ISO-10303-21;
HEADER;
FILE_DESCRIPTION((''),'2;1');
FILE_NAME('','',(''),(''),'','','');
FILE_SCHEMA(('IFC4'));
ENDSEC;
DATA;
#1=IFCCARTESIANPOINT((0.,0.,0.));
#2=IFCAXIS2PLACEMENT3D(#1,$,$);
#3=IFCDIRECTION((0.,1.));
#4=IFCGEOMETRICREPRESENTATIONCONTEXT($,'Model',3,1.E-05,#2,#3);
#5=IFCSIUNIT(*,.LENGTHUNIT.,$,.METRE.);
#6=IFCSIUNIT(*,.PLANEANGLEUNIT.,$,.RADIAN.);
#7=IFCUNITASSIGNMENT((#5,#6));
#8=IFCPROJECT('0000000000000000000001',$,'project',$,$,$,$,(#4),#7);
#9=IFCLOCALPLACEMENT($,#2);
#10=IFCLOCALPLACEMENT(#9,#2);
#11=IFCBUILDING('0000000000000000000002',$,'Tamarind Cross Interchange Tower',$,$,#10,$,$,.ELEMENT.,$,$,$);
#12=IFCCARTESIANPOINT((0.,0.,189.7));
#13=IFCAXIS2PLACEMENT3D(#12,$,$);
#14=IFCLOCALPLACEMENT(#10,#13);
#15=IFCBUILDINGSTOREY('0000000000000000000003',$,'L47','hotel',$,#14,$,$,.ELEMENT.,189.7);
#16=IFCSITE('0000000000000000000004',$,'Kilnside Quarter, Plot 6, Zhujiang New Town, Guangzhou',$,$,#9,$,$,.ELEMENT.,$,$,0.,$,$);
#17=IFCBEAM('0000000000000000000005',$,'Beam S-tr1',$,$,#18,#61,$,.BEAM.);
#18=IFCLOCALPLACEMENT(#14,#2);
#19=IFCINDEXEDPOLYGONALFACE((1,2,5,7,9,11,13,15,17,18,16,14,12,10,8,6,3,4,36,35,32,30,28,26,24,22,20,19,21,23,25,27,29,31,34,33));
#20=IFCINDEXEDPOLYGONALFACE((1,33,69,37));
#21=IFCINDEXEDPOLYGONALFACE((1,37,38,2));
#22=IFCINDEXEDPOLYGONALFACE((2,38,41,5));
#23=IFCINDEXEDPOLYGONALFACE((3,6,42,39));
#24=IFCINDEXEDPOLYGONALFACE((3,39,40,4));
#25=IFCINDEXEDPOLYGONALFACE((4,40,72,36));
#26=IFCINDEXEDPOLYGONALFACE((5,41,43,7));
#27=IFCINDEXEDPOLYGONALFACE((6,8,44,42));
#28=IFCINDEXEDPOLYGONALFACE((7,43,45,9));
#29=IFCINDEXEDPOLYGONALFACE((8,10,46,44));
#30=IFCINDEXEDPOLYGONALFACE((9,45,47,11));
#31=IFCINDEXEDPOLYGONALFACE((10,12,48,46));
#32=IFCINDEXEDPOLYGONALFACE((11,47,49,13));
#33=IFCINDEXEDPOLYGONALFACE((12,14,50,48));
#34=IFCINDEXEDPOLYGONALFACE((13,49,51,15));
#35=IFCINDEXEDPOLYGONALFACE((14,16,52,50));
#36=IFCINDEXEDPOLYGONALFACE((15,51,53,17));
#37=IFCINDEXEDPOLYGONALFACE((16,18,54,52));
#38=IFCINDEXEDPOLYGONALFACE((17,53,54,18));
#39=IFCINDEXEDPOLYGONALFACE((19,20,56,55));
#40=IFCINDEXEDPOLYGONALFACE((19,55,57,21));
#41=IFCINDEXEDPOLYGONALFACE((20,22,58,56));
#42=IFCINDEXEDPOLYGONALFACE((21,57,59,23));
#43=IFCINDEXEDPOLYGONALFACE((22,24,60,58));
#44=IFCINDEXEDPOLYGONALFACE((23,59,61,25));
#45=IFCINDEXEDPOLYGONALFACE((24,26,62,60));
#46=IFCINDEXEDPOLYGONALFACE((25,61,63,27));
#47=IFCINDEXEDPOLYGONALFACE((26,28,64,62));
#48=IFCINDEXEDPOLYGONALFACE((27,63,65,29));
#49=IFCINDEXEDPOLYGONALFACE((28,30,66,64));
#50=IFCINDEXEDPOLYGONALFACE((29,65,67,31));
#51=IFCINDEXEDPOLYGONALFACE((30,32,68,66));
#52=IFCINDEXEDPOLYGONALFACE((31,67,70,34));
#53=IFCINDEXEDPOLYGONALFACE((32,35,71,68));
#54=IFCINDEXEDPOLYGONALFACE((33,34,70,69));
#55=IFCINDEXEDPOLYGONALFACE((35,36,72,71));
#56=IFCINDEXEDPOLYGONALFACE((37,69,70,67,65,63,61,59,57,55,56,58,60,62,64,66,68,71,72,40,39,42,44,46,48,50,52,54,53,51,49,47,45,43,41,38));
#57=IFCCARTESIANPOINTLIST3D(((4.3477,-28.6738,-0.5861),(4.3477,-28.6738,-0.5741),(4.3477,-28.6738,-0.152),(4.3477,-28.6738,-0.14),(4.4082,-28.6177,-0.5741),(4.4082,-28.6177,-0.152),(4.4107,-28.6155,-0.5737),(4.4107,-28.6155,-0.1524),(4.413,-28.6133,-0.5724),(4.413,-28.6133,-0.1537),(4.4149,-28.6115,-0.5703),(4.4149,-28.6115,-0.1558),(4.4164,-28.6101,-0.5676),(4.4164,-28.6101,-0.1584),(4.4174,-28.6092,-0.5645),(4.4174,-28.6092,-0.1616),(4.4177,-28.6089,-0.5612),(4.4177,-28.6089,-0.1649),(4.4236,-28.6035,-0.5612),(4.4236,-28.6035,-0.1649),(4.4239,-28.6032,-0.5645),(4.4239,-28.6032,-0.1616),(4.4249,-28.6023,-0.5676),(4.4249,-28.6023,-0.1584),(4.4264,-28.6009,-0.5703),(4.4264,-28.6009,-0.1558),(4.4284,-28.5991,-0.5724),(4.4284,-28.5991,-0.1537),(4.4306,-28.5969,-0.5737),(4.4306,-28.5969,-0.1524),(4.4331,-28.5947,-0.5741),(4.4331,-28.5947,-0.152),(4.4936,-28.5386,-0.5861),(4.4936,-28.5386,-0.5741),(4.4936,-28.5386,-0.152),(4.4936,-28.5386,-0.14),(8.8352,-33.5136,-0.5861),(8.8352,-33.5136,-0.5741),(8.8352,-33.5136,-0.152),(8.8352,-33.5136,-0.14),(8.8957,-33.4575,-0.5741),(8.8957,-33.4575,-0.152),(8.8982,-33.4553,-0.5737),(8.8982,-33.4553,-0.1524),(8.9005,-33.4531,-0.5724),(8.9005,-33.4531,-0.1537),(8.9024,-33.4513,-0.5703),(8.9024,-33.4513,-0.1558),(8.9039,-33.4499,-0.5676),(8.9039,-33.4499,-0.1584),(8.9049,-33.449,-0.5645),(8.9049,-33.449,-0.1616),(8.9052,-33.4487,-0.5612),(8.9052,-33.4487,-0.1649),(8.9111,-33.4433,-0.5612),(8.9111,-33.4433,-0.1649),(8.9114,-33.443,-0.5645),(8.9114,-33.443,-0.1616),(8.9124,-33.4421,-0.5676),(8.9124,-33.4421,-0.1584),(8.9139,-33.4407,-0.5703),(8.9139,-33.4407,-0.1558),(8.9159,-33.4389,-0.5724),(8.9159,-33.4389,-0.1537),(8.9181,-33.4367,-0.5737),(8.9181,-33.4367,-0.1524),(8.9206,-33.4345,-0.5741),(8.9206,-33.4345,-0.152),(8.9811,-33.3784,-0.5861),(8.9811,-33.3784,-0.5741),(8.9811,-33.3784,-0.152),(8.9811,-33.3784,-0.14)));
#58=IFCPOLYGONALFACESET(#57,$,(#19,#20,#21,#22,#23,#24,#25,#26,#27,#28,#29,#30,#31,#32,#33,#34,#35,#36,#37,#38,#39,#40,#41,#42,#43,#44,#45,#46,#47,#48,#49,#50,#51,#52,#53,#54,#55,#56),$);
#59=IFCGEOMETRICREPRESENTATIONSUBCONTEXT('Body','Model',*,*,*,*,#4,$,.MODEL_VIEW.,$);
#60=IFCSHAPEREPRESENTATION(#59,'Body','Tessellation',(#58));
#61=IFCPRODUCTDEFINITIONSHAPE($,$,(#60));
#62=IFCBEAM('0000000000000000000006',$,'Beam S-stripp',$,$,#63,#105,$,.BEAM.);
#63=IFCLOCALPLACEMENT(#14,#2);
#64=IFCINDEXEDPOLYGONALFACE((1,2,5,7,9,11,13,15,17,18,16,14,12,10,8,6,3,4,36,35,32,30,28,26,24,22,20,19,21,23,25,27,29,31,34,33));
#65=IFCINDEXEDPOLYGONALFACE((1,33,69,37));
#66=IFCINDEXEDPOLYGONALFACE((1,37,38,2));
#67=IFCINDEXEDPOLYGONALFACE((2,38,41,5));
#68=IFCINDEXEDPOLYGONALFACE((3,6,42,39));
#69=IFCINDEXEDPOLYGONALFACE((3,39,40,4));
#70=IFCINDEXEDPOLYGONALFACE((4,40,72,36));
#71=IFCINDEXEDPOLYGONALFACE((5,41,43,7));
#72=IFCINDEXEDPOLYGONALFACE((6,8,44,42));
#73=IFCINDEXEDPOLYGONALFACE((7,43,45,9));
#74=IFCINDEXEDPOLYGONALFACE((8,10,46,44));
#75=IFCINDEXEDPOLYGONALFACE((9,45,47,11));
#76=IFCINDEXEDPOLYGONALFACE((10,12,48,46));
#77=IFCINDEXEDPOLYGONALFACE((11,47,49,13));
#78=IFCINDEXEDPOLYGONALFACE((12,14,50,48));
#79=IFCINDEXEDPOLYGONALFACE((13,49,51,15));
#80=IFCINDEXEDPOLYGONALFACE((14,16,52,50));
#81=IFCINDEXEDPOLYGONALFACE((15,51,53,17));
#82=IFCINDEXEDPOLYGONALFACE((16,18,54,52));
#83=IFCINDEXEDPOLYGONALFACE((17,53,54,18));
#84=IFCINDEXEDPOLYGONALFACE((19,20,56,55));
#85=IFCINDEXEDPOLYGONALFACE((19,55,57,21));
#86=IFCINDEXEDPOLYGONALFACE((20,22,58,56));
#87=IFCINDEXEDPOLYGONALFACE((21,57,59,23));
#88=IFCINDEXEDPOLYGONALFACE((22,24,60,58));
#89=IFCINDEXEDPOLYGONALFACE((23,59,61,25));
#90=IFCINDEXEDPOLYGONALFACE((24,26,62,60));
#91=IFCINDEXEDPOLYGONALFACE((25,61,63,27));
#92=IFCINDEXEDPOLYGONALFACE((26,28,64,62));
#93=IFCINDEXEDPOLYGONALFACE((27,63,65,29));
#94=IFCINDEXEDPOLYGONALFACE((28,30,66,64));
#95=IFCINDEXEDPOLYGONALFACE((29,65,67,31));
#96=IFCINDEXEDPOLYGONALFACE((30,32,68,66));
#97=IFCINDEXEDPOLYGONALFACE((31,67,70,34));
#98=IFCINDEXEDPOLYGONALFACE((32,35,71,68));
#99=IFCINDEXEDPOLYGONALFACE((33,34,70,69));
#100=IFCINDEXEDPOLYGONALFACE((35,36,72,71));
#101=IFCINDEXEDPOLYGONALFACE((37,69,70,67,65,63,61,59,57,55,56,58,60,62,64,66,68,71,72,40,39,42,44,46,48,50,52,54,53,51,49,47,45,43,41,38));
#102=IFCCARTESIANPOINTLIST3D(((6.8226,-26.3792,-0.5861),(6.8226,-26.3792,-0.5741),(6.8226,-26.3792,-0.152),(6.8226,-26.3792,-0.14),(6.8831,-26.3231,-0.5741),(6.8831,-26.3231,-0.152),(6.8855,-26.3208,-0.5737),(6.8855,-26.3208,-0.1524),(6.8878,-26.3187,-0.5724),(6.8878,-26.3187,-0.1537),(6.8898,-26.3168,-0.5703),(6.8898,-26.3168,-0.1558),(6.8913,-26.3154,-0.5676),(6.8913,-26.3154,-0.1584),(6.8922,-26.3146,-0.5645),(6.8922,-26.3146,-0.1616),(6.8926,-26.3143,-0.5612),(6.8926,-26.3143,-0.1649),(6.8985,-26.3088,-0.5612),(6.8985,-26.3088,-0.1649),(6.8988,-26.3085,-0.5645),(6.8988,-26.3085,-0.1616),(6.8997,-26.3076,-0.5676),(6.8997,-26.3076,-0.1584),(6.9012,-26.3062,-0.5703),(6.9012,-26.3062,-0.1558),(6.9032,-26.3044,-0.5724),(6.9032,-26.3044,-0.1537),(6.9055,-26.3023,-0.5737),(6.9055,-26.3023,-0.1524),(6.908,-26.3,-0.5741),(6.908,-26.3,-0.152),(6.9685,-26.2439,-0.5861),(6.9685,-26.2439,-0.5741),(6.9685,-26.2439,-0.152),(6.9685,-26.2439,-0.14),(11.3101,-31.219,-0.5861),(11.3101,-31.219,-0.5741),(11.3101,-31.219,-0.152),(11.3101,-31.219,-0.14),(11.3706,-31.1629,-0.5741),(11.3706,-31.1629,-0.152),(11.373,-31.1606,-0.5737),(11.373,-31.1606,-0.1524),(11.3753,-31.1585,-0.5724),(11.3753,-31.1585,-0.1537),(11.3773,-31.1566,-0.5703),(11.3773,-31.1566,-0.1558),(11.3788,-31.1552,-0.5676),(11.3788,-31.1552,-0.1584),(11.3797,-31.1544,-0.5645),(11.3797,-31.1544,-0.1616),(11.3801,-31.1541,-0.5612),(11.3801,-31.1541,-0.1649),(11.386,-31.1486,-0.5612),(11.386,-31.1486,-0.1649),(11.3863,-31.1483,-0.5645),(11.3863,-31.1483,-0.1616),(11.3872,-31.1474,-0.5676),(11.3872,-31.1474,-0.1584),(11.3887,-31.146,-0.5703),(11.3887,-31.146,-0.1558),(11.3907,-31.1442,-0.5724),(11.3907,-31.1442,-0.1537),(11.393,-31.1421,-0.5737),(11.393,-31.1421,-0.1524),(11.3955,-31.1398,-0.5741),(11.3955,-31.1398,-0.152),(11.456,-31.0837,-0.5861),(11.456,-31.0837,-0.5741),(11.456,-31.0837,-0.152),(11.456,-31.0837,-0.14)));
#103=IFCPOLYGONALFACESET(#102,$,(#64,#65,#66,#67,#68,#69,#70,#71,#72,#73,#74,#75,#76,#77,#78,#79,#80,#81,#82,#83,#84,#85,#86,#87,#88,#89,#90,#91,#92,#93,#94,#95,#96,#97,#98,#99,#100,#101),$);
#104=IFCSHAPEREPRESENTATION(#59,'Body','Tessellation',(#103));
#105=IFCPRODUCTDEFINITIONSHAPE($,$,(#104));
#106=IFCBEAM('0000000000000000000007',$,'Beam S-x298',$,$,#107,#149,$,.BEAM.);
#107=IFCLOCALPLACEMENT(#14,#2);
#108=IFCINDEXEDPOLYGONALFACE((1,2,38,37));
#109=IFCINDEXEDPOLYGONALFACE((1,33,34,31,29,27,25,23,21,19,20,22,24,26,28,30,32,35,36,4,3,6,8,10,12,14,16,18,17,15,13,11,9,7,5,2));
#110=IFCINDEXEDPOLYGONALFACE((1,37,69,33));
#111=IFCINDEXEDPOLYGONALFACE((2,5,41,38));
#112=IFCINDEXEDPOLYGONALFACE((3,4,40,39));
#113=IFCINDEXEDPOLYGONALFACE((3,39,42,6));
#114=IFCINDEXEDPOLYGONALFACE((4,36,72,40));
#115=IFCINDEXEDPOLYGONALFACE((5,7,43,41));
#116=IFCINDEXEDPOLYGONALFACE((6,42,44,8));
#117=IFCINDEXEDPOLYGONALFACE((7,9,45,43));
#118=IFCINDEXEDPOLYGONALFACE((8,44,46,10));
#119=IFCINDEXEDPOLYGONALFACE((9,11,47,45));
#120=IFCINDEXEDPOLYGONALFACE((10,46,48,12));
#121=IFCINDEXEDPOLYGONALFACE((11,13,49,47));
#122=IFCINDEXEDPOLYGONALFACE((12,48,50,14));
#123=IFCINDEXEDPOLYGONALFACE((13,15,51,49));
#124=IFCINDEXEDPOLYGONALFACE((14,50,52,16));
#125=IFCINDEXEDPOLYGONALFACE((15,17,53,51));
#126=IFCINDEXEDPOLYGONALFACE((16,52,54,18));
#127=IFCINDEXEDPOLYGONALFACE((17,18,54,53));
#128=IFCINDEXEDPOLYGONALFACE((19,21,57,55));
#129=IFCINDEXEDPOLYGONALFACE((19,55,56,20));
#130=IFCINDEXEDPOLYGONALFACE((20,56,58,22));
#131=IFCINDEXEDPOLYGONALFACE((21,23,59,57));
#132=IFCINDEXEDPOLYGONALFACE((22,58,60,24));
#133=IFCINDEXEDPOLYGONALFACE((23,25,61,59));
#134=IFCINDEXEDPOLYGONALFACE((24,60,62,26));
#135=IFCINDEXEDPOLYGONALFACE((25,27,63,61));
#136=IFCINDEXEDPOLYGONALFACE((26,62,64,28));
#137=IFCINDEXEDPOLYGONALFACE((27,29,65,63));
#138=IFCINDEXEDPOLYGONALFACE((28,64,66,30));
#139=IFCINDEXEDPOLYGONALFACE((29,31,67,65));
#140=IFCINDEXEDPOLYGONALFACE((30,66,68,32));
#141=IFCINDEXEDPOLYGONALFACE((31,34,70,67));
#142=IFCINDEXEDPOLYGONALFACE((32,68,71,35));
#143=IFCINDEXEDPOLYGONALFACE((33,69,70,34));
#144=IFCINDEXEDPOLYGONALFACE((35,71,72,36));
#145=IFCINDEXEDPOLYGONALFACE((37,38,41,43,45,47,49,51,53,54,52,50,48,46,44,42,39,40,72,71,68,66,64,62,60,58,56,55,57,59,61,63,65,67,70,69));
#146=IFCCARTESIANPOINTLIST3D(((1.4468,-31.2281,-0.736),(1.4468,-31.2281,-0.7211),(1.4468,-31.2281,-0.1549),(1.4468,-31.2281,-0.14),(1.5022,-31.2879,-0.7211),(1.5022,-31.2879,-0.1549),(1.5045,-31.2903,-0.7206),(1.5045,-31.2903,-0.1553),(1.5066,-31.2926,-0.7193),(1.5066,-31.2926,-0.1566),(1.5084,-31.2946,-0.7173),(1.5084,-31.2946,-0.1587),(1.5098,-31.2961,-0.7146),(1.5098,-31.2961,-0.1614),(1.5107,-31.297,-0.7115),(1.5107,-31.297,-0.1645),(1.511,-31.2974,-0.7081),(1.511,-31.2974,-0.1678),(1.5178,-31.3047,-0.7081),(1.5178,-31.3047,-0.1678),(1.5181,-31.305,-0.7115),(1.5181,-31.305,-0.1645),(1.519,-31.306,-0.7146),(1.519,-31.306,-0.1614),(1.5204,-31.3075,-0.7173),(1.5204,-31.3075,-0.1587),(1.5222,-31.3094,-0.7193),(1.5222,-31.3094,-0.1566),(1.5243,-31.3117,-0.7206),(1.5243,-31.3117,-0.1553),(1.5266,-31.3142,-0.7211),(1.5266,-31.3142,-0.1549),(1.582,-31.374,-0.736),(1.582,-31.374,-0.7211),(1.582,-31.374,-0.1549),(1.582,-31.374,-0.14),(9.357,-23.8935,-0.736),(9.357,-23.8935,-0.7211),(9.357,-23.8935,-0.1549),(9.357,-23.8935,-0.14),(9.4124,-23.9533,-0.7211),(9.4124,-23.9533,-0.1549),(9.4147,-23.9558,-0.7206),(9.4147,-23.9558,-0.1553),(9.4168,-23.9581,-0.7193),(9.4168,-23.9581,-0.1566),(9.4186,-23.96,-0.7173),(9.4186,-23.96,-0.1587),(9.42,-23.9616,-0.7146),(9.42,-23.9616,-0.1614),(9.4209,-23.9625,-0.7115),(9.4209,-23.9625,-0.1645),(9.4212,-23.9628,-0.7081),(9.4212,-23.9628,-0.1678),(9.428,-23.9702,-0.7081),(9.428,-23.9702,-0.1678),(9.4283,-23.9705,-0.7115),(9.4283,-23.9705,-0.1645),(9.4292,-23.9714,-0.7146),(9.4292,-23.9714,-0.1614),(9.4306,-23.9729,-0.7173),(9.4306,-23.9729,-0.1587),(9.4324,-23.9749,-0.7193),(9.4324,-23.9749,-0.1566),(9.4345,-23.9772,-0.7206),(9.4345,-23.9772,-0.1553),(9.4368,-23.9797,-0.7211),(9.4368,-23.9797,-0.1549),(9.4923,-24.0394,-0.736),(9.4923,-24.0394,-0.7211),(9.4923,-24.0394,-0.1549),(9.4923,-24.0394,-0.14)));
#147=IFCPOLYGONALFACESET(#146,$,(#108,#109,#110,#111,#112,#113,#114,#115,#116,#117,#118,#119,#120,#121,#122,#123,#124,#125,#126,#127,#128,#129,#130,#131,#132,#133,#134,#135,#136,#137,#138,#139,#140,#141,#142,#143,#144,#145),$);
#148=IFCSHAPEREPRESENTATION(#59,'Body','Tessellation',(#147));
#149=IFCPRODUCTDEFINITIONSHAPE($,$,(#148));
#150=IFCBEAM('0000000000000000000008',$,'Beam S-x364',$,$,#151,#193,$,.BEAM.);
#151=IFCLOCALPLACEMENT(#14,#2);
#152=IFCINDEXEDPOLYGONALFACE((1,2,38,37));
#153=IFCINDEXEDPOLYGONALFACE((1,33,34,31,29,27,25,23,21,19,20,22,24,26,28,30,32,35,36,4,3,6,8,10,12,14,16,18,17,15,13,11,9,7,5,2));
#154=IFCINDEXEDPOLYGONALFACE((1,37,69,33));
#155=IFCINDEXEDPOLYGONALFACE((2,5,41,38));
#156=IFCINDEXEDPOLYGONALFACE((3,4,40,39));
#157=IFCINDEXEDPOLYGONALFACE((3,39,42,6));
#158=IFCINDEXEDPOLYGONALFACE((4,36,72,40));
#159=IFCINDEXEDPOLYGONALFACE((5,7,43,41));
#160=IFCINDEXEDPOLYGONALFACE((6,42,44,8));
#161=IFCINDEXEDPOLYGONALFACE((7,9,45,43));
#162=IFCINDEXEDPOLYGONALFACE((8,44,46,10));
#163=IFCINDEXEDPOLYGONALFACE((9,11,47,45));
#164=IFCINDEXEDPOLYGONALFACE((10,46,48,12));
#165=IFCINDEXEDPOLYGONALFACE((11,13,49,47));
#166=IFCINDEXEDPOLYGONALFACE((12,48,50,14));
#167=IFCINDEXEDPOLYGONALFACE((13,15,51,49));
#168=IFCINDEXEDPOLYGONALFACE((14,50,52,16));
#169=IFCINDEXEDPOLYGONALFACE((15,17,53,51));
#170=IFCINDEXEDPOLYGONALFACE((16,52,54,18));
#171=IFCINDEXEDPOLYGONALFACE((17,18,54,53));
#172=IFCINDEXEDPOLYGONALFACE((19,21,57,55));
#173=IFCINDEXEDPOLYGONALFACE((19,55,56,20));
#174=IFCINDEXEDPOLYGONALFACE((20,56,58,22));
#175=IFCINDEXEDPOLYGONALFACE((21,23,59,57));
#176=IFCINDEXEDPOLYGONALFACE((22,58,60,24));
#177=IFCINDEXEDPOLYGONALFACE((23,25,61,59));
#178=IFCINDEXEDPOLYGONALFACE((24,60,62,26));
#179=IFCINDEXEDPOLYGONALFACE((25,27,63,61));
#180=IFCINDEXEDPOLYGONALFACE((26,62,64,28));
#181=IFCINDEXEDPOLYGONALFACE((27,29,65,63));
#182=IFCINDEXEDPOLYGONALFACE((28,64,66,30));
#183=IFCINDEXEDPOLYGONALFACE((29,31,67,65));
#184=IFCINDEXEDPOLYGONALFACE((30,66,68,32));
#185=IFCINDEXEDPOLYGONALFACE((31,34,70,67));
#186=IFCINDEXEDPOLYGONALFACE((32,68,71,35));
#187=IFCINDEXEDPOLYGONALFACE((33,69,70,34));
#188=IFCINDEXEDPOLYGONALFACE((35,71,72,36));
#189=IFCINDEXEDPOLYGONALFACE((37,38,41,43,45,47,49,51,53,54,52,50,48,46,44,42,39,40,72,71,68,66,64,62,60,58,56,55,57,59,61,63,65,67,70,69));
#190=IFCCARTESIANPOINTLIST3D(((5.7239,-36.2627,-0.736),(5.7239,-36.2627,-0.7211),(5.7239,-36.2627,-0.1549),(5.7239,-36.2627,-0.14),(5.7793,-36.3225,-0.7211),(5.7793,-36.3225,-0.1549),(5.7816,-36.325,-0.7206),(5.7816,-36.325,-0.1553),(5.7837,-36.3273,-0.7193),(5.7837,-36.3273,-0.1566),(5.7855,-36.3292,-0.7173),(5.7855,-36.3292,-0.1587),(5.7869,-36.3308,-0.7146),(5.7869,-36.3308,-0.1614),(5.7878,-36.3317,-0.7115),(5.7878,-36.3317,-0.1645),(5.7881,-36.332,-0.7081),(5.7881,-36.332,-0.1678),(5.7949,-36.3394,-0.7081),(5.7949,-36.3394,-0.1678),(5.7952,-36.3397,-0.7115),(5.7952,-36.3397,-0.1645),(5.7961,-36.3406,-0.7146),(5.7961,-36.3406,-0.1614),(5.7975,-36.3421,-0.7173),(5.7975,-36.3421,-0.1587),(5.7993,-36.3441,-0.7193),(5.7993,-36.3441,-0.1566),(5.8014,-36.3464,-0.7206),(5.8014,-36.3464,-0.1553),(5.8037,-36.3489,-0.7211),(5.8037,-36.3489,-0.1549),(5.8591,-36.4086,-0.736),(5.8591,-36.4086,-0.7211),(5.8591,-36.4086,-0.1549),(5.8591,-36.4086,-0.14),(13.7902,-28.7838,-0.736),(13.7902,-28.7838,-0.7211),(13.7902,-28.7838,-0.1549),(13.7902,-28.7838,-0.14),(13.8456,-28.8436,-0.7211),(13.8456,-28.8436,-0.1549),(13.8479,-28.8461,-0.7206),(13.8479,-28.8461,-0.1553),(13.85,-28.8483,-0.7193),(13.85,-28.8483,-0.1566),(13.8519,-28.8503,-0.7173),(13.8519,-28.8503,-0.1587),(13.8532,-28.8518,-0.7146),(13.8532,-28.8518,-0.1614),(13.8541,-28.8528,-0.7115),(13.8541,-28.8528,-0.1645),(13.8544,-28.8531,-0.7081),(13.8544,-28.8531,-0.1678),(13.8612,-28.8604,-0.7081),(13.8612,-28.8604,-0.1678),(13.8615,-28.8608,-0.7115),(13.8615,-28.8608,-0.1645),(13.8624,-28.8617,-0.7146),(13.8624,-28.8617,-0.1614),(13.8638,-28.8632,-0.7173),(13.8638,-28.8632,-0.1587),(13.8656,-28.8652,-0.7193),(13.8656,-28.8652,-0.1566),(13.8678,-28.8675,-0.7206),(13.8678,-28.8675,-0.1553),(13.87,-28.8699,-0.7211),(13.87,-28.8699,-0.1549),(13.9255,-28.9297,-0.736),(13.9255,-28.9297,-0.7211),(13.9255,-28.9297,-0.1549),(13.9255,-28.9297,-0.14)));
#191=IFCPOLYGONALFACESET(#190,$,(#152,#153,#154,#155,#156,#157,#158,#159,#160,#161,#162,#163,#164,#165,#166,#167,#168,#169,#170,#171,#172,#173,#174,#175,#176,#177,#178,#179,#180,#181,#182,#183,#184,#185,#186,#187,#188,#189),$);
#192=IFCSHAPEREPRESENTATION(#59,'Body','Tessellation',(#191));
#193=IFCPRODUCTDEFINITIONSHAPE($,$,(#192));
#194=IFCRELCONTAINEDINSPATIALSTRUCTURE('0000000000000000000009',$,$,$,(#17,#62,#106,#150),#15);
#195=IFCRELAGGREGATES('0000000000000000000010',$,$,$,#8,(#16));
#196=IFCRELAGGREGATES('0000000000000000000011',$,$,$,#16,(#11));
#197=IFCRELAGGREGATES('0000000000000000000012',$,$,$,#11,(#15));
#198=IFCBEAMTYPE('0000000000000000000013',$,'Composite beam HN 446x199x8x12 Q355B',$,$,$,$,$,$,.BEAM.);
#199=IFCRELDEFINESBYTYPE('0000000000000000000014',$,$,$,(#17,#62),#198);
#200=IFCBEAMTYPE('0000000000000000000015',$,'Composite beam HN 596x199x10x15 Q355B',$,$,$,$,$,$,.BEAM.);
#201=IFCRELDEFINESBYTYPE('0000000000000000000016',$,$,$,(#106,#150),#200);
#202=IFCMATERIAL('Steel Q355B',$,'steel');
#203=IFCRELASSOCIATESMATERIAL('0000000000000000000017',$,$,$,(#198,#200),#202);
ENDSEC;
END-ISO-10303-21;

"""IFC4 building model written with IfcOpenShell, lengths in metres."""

from ifc_helpers import new_model, si_unit, direction, frame, origin, origin_2d, place, context, subcontext, project, spatial, i_section, extrude, material, material_profile, profile_set, type_object, element, save


model = new_model("IFC4")

# Units and contexts
model_context = context("Model", 3, precision=1e-05, world=origin(), true_north=direction((0.0, 1.0)))
body_context = subcontext(model_context, "Body", "Model", "MODEL_VIEW")
ifc_project = project(units=[si_unit("LENGTHUNIT", "METRE"), si_unit("PLANEANGLEUNIT", "RADIAN")], contexts=[model_context])

# Site, building, storey
site_placement = place(None, origin())
site = spatial("IfcSite", under=ifc_project, at=site_placement, Name="Kilnside Quarter, Plot 6, Zhujiang New Town, Guangzhou", CompositionType="ELEMENT", RefElevation=0.0)
building_placement = place(site_placement, origin())
building = spatial("IfcBuilding", under=site, at=building_placement, Name="Tamarind Cross Interchange Tower", CompositionType="ELEMENT")
storey_placement = place(building_placement, frame((0.0, 0.0, 189.7)))
storey = spatial("IfcBuildingStorey", under=building, at=storey_placement, Name="L47", Description="hotel", CompositionType="ELEMENT", Elevation=189.7)

# Beams
ifc_material_1 = material(Name="Steel Q355B", Category="steel")
ifc_material_profile_1 = material_profile(ifc_material_1, i_section(OverallWidth=0.199, OverallDepth=0.446, WebThickness=0.0081, FlangeThickness=0.012, FilletRadius=0.0129, at=origin_2d()), Name="HN 446x199x8x12")
ifc_profile_set_1 = profile_set([ifc_material_profile_1], Name="Steel Q355B")
beam_type_1 = type_object("IfcBeamType", Name="Composite beam HN 446x199x8x12 Q355B", PredefinedType="BEAM", material=ifc_profile_set_1)
for number, where, z_axis, x_axis, name in (
    (1, (4.4207, -28.6062, -0.363), (0.679915, -0.733291, 0.0), (0.733291, 0.679915, 0.0), "Beam S-tr1"),
    (2, (6.8955, -26.3115, -0.363), (0.679915, -0.733291, 0.0), (0.733291, 0.679915, 0.0), "Beam S-stripp"),
):
    element("IfcBeam", number, at=place(storey_placement, frame(where, z_axis=z_axis, x_axis=x_axis)), inside=storey, type_object=beam_type_1, Name=name, PredefinedType="BEAM", context=body_context, shape_type="SweptSolid", body=[
        extrude(i_section(OverallWidth=0.199, OverallDepth=0.446, WebThickness=0.0081, FlangeThickness=0.012, FilletRadius=0.0129, at=origin_2d()), origin(), (0.0, 0.0, 1.0), 6.6001),
    ])
ifc_material_profile_2 = material_profile(ifc_material_1, i_section(OverallWidth=0.199, OverallDepth=0.5959, WebThickness=0.01, FlangeThickness=0.0149, FilletRadius=0.0129, at=origin_2d()), Name="HN 596x199x10x15")
ifc_profile_set_2 = profile_set([ifc_material_profile_2], Name="Steel Q355B")
beam_type_2 = type_object("IfcBeamType", Name="Composite beam HN 596x199x10x15 Q355B", PredefinedType="BEAM", material=ifc_profile_set_2)
beam_1_placement = place(storey_placement, frame((1.5144, -31.301, -0.438), z_axis=(0.733287, 0.67992, 0.0), x_axis=(-0.67992, 0.733287, 0.0)))
element("IfcBeam", 3, at=beam_1_placement, inside=storey, type_object=beam_type_2, Name="Beam S-x298", PredefinedType="BEAM", context=body_context, shape_type="SweptSolid", body=[
    extrude(i_section(OverallWidth=0.199, OverallDepth=0.5959, WebThickness=0.01, FlangeThickness=0.0149, FilletRadius=0.0129, at=origin_2d()), origin(), (0.0, 0.0, 1.0), 10.7874),
])
for number, where, z_axis, x_axis, name in (
    (4, (5.7915, -36.3357, -0.438), (0.733302, 0.679903, 0.0), (-0.679903, 0.733302, 0.0), "Beam S-x364"),
):
    element("IfcBeam", number, at=place(storey_placement, frame(where, z_axis=z_axis, x_axis=x_axis)), inside=storey, type_object=beam_type_2, Name=name, PredefinedType="BEAM", context=body_context, shape_type="SweptSolid", body=[
        extrude(i_section(OverallWidth=0.199, OverallDepth=0.5959, WebThickness=0.01, FlangeThickness=0.0149, FilletRadius=0.0129, at=origin_2d()), origin(), (0.0, 0.0, 1.0), 11.0),
    ])

save(model, "model.ifc")
